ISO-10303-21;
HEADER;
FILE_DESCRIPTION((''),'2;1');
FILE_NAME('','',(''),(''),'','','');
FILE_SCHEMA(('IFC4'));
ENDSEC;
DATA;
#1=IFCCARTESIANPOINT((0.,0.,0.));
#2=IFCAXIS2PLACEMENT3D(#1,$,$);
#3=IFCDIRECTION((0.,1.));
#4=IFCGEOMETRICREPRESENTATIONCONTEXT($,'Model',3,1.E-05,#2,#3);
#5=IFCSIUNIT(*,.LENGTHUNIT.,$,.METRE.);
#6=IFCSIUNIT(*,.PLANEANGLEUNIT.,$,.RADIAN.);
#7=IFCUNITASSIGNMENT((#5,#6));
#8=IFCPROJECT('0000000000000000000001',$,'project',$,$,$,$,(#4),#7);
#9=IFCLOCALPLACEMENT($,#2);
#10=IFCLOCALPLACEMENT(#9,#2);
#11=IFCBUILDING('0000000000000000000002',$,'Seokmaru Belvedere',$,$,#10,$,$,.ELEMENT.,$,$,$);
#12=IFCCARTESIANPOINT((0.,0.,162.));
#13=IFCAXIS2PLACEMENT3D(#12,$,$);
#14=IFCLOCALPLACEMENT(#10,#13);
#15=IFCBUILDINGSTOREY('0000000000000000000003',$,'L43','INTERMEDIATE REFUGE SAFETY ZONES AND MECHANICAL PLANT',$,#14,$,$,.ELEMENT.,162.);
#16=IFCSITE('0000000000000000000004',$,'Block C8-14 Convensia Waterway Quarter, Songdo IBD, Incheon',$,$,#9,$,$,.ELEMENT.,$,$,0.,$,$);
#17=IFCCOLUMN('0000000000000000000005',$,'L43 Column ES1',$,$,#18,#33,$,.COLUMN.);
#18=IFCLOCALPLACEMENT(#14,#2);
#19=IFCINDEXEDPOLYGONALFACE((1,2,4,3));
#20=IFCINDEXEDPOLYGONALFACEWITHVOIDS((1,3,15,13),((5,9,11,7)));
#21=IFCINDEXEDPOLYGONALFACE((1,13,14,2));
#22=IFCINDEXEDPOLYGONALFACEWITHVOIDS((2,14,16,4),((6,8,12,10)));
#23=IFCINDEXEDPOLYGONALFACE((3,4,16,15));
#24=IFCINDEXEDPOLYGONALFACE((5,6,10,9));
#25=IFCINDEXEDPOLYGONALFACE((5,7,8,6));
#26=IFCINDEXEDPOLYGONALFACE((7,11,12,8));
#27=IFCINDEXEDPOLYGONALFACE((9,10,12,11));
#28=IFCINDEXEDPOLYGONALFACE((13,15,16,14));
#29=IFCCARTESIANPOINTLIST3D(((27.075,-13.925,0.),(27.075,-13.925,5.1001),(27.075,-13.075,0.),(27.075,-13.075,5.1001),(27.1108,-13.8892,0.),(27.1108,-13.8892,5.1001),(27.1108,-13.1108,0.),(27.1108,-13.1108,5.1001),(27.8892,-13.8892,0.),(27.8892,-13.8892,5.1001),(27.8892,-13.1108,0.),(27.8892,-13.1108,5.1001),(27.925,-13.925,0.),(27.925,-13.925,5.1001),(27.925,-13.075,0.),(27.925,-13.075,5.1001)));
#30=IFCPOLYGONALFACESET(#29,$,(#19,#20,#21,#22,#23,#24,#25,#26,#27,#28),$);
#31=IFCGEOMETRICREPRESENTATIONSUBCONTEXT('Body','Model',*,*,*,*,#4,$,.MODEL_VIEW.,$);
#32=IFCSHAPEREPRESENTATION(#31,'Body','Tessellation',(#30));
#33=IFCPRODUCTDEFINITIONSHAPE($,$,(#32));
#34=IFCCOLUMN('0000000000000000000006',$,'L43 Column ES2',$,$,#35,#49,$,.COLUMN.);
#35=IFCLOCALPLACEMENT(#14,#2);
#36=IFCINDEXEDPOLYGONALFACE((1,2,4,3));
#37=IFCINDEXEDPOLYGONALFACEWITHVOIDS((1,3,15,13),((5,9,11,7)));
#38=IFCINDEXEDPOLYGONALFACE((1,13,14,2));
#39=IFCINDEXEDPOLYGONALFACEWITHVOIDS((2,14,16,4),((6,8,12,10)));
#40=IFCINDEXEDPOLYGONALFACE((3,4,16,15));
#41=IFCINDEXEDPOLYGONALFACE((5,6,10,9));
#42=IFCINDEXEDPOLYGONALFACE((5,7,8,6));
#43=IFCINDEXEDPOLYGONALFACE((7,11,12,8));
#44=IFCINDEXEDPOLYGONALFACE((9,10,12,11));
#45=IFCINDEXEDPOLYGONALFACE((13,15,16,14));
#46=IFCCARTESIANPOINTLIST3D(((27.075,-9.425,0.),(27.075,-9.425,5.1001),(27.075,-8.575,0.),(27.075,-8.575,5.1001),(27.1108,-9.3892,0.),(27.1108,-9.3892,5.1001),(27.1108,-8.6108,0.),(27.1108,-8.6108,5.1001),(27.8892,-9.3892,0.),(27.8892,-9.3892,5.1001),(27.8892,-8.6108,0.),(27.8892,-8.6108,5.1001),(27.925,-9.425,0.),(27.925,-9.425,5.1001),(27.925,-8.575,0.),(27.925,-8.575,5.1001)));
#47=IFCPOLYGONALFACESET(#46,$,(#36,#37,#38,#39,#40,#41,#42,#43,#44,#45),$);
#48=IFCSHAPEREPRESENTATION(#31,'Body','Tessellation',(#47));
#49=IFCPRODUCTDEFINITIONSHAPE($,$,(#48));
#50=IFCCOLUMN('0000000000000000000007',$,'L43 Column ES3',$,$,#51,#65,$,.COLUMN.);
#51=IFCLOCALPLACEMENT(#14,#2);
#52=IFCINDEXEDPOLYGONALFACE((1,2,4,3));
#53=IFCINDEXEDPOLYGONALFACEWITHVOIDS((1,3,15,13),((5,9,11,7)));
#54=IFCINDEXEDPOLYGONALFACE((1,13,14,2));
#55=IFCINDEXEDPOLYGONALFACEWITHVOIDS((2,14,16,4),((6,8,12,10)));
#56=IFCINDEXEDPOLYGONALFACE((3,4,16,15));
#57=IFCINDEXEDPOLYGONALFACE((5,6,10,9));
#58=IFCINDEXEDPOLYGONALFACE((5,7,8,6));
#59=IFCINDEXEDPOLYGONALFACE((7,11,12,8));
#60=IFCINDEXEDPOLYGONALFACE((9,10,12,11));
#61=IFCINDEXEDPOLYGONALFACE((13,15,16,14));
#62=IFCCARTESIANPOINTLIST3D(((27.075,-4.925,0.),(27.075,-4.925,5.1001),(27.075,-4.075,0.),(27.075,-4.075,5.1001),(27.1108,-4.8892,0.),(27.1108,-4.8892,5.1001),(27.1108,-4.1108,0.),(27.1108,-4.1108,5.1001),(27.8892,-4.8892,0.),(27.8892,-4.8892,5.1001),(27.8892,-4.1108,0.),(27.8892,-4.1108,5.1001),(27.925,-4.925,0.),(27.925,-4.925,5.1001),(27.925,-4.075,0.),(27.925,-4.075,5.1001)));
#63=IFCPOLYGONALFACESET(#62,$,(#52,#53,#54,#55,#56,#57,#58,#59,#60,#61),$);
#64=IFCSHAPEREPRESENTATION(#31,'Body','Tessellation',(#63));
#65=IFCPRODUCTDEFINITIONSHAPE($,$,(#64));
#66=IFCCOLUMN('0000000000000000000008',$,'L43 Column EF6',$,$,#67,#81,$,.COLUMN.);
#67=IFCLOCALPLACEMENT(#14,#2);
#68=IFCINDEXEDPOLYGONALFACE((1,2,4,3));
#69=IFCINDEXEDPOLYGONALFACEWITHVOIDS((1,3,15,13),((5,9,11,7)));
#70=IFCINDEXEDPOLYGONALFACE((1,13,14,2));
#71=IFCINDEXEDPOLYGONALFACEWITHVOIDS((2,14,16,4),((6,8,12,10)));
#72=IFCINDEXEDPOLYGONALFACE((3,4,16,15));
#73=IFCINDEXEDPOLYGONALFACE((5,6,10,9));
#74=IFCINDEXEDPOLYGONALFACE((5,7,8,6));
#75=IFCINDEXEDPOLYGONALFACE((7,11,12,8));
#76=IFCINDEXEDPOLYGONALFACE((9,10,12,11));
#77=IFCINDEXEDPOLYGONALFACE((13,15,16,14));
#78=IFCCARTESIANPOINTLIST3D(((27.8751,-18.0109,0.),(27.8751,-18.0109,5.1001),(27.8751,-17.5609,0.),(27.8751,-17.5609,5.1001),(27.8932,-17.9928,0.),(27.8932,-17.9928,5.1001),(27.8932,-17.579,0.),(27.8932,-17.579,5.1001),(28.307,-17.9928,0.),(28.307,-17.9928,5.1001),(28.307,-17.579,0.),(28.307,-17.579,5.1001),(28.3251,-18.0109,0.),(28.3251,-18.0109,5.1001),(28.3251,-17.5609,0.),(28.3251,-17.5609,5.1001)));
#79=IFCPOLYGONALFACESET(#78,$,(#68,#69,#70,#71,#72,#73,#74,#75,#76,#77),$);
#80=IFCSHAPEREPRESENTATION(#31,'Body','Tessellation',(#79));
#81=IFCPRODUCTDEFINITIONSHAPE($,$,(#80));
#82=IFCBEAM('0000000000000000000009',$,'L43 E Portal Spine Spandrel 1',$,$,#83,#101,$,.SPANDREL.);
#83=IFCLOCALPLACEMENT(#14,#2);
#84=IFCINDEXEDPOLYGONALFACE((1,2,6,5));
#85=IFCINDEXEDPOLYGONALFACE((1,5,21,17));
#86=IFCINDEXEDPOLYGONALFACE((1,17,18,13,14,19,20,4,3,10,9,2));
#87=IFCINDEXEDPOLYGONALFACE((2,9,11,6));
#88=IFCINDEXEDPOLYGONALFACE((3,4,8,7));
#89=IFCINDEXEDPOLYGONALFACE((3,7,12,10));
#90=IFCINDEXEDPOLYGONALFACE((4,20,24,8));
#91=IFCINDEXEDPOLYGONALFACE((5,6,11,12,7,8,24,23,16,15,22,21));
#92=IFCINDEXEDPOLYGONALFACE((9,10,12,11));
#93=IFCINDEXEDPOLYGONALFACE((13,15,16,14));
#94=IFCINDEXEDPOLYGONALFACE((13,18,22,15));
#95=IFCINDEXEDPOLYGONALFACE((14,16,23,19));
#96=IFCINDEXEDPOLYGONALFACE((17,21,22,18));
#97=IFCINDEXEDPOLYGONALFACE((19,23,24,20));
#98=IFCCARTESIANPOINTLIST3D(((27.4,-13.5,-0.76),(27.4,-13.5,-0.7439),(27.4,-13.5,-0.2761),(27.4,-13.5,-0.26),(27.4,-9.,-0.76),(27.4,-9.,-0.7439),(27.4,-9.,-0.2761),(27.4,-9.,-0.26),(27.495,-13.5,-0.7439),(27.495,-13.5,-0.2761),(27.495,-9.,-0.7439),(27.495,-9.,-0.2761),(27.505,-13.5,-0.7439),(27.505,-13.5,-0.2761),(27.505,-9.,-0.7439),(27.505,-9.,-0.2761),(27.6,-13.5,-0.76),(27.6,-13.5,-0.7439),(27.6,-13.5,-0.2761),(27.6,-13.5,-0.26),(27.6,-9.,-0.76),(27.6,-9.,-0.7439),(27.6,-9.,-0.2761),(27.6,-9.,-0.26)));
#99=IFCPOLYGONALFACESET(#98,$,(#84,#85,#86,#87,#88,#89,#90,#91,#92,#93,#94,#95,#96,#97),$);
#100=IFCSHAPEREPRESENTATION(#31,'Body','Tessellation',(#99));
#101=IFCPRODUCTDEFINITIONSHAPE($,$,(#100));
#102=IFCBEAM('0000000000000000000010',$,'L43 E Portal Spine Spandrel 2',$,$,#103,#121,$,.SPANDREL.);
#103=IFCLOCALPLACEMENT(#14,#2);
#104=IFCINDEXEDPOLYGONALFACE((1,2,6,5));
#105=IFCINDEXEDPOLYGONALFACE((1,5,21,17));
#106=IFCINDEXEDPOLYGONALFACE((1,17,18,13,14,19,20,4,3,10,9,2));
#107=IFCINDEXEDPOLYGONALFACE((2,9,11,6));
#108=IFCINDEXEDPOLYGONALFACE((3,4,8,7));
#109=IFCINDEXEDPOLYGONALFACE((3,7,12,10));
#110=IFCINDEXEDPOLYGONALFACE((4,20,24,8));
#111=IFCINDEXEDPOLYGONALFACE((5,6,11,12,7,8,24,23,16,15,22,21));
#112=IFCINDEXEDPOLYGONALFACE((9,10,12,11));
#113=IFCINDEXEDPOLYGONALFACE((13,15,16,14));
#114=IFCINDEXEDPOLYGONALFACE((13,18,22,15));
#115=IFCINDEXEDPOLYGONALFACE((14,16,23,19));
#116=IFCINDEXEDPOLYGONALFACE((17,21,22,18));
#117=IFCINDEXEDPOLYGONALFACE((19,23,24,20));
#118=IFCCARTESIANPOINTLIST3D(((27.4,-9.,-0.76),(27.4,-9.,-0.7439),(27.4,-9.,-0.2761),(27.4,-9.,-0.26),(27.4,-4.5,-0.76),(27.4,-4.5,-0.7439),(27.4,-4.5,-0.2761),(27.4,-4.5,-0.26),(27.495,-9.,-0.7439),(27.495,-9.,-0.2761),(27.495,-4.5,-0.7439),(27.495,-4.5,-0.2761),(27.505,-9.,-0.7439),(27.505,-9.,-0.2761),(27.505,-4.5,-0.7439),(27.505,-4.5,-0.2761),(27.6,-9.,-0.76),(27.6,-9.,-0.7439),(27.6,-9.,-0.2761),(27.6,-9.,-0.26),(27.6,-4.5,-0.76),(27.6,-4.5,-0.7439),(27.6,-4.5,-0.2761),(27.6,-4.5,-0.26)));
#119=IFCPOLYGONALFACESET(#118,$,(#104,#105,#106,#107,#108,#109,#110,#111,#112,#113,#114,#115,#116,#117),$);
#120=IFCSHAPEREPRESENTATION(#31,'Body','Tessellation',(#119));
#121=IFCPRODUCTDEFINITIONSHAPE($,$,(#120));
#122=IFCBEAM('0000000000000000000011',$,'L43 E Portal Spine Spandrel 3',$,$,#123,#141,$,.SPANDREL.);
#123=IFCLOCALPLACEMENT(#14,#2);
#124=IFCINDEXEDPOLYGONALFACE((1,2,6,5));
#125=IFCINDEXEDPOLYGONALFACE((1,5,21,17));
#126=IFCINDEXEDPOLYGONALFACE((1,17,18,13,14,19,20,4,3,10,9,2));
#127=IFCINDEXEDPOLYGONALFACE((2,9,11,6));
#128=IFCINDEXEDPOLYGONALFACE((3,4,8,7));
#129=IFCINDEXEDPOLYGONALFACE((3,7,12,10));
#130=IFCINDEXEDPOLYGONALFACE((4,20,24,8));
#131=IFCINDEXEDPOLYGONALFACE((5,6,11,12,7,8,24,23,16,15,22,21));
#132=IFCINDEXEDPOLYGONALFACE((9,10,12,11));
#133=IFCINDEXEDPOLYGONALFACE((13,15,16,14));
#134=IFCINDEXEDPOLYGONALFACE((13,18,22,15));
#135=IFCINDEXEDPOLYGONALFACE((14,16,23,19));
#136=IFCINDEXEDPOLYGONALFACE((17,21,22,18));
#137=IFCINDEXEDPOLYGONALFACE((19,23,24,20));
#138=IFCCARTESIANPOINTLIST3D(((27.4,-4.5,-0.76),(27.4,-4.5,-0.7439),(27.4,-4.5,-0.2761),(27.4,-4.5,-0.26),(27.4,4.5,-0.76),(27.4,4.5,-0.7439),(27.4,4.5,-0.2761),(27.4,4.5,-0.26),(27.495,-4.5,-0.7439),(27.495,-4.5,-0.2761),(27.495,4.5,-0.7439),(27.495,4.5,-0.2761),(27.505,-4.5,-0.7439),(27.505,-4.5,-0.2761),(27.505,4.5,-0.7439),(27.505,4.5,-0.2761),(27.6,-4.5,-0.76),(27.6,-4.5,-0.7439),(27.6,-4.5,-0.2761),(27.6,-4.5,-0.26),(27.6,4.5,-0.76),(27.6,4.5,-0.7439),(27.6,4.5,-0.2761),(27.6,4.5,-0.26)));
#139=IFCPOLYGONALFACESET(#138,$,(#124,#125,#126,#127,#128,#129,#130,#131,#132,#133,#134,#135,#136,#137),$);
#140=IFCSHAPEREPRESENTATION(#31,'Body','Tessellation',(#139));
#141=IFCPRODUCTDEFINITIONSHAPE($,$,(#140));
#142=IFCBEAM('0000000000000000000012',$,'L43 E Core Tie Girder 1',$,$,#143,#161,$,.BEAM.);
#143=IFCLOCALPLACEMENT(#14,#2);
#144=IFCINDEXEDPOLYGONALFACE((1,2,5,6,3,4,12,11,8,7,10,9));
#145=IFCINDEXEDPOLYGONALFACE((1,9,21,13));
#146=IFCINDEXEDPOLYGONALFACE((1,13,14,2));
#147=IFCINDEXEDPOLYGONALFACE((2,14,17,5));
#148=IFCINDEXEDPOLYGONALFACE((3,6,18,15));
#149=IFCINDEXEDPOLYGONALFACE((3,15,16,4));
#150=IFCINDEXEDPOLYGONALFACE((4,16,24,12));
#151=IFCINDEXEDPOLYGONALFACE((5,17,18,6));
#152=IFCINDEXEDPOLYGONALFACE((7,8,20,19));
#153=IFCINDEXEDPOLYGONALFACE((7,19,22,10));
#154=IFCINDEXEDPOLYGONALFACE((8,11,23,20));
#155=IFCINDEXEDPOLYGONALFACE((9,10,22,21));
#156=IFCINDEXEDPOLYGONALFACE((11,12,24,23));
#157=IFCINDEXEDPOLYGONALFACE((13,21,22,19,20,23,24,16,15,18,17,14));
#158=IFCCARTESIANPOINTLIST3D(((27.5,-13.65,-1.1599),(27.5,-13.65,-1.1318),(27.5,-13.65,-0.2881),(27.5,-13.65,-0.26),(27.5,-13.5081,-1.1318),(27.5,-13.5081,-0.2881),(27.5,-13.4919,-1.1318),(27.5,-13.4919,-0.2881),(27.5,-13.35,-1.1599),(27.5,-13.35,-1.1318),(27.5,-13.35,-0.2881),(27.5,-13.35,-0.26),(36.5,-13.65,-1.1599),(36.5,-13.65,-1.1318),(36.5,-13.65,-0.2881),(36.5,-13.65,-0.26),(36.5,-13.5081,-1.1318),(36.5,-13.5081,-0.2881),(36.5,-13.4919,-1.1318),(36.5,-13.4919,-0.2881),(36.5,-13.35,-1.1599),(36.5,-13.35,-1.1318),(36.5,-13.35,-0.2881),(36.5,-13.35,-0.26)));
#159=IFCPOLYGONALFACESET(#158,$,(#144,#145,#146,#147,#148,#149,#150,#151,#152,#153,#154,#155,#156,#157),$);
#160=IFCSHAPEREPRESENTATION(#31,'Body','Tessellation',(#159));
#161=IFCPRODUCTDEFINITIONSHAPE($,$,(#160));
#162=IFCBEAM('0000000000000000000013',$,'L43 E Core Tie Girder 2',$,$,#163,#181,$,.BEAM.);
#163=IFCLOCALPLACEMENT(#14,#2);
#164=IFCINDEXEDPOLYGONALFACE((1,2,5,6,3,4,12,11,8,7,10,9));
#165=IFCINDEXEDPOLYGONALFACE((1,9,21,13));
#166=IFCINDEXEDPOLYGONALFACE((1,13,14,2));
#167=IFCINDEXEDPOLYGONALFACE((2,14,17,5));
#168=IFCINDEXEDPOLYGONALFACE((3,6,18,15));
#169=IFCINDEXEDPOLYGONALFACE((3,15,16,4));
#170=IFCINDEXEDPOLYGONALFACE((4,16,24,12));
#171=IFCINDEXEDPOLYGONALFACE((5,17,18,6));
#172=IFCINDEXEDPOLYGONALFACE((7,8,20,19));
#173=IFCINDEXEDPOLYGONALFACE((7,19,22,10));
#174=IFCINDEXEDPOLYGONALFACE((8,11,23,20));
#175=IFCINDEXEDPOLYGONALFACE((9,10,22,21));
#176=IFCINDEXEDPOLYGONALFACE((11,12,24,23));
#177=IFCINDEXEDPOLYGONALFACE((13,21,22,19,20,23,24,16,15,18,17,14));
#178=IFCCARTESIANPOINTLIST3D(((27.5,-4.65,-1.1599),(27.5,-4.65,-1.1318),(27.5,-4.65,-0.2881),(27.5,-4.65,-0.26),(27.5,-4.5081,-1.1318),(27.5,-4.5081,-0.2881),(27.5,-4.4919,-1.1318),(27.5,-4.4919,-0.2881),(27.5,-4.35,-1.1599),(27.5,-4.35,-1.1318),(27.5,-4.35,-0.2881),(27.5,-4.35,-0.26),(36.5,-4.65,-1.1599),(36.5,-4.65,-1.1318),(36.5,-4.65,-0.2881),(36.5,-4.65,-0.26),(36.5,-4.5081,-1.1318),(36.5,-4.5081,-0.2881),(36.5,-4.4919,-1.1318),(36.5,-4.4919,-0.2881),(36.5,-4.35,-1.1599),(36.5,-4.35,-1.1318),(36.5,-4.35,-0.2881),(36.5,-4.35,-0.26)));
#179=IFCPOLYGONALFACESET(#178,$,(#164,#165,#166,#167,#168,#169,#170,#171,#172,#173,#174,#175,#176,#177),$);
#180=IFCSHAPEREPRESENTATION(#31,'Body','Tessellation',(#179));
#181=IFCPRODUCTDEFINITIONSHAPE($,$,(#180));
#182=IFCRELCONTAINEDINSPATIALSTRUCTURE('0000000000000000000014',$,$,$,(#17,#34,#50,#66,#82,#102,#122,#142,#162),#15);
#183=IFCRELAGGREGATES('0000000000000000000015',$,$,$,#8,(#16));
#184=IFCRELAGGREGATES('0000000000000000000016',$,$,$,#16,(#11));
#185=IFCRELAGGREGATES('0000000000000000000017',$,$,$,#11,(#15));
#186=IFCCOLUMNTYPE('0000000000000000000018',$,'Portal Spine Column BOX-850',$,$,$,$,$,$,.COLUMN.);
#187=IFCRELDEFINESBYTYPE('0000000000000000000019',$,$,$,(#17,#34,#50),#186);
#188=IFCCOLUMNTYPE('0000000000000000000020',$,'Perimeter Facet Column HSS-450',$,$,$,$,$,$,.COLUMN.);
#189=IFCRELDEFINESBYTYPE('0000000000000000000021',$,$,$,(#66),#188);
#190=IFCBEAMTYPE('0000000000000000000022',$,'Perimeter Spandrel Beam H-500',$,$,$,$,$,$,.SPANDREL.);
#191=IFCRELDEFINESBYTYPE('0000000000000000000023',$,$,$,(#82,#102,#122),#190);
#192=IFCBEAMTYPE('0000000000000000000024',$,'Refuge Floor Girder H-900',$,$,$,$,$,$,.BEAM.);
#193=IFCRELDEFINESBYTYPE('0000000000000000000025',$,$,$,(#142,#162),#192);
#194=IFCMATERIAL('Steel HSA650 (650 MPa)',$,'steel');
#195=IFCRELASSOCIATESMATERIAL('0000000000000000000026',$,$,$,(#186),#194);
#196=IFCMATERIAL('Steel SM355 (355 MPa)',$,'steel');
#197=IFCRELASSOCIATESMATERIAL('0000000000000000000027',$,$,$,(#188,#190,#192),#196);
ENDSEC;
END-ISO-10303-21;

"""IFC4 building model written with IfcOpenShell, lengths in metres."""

from ifc_helpers import new_model, si_unit, direction, frame, origin, origin_2d, place, context, subcontext, project, spatial, hollow_rectangle, i_section, extrude, source, transform, mapped, material, material_profile, profile_set, type_object, type_shapes, element, save


model = new_model("IFC4")

# Units and contexts
model_context = context("Model", 3, precision=1e-05, world=origin(), true_north=direction((0.0, 1.0)))
body_context = subcontext(model_context, "Body", "Model", "MODEL_VIEW")
ifc_project = project(units=[si_unit("LENGTHUNIT", "METRE"), si_unit("PLANEANGLEUNIT", "RADIAN")], contexts=[model_context])

# Site, building, storey
site_placement = place(None, origin())
site = spatial("IfcSite", under=ifc_project, at=site_placement, Name="Block C8-14 Convensia Waterway Quarter, Songdo IBD, Incheon", CompositionType="ELEMENT", RefElevation=0.0)
building_placement = place(site_placement, origin())
building = spatial("IfcBuilding", under=site, at=building_placement, Name="Seokmaru Belvedere", CompositionType="ELEMENT")
storey_placement = place(building_placement, frame((0.0, 0.0, 162.0)))
storey = spatial("IfcBuildingStorey", under=building, at=storey_placement, Name="L43", Description="INTERMEDIATE REFUGE SAFETY ZONES AND MECHANICAL PLANT", CompositionType="ELEMENT", Elevation=162.0)

# Columns
ifc_material_1 = material(Name="Steel HSA650 (650 MPa)", Category="steel")
ifc_material_profile_1 = material_profile(ifc_material_1, hollow_rectangle(XDim=0.8501, YDim=0.8501, WallThickness=0.0359, at=origin_2d()), Name="BOX-850x850x36")
ifc_profile_set_1 = profile_set([ifc_material_profile_1], Name="Steel HSA650 (650 MPa)")
column_type_1 = type_object("IfcColumnType", Name="Portal Spine Column BOX-850", PredefinedType="COLUMN", material=ifc_profile_set_1)
shared_shape_1 = source(origin(), body_context, "Body", "SweptSolid", [
    extrude(hollow_rectangle(XDim=0.8501, YDim=0.8501, WallThickness=0.0359, at=origin_2d()), origin(), (0.0, 0.0, 1.0), 5.1001),
])
type_shapes(column_type_1, [shared_shape_1])
for number, where, z_axis, x_axis, name in (
    (1, (27.5, -13.5, 0.0), (0.0, 0.0, 1.0), (1.0, 0.0, 0.0), "L43 Column ES1"),
    (2, (27.5, -9.0, 0.0), (0.0, 0.0, 1.0), (1.0, 0.0, 0.0), "L43 Column ES2"),
    (3, (27.5, -4.5, 0.0), (0.0, 0.0, 1.0), (1.0, 0.0, 0.0), "L43 Column ES3"),
):
    element("IfcColumn", number, at=place(storey_placement, frame(where, z_axis=z_axis, x_axis=x_axis)), inside=storey, type_object=column_type_1, Name=name, PredefinedType="COLUMN", context=body_context, shape_type="MappedRepresentation", body=[
        mapped(shared_shape_1, transform((0.0, 0.0, 0.0), scale=1.0)),
    ])
ifc_material_2 = material(Name="Steel SM355 (355 MPa)", Category="steel")
ifc_material_profile_2 = material_profile(ifc_material_2, hollow_rectangle(XDim=0.45, YDim=0.45, WallThickness=0.0181, at=origin_2d()), Name="HSS-450x450x18")
ifc_profile_set_2 = profile_set([ifc_material_profile_2], Name="Steel SM355 (355 MPa)")
column_type_2 = type_object("IfcColumnType", Name="Perimeter Facet Column HSS-450", PredefinedType="COLUMN", material=ifc_profile_set_2)
shared_shape_2 = source(origin(), body_context, "Body", "SweptSolid", [
    extrude(hollow_rectangle(XDim=0.45, YDim=0.45, WallThickness=0.0181, at=origin_2d()), origin(), (0.0, 0.0, 1.0), 5.1001),
])
type_shapes(column_type_2, [shared_shape_2])
column_placement = place(storey_placement, frame((28.1001, -17.7859, 0.0), z_axis=(0.0, 0.0, 1.0), x_axis=(1.0, 0.0, 0.0)))
element("IfcColumn", 4, at=column_placement, inside=storey, type_object=column_type_2, Name="L43 Column EF6", PredefinedType="COLUMN", context=body_context, shape_type="MappedRepresentation", body=[
    mapped(shared_shape_2, transform((0.0, 0.0, 0.0), scale=1.0)),
])

# Beams
ifc_material_profile_3 = material_profile(ifc_material_2, i_section(OverallWidth=0.2, OverallDepth=0.5, WebThickness=0.01, FlangeThickness=0.0161, at=origin_2d()), Name="H-500x200x10x16")
ifc_profile_set_3 = profile_set([ifc_material_profile_3], Name="Steel SM355 (355 MPa)")
beam_type_1 = type_object("IfcBeamType", Name="Perimeter Spandrel Beam H-500", PredefinedType="SPANDREL", material=ifc_profile_set_3)
shared_shape_3 = source(origin(), body_context, "Body", "SweptSolid", [
    extrude(i_section(OverallWidth=0.2, OverallDepth=0.5, WebThickness=0.01, FlangeThickness=0.0161, at=origin_2d()), origin(), (0.0, 0.0, 1.0), 4.5),
])
for number, where, z_axis, x_axis, name in (
    (5, (27.5, -13.5, -0.51), (0.0, 1.0, 0.0), (-1.0, 0.0, 0.0), "L43 E Portal Spine Spandrel 1"),
    (6, (27.5, -9.0, -0.51), (0.0, 1.0, 0.0), (-1.0, 0.0, 0.0), "L43 E Portal Spine Spandrel 2"),
):
    element("IfcBeam", number, at=place(storey_placement, frame(where, z_axis=z_axis, x_axis=x_axis)), inside=storey, type_object=beam_type_1, Name=name, PredefinedType="SPANDREL", context=body_context, shape_type="MappedRepresentation", body=[
        mapped(shared_shape_3, transform((0.0, 0.0, 0.0), scale=1.0)),
    ])
shared_shape_4 = source(origin(), body_context, "Body", "SweptSolid", [
    extrude(i_section(OverallWidth=0.2, OverallDepth=0.5, WebThickness=0.01, FlangeThickness=0.0161, at=origin_2d()), origin(), (0.0, 0.0, 1.0), 9.0),
])
beam_1_placement = place(storey_placement, frame((27.5, -4.5, -0.51), z_axis=(0.0, 1.0, 0.0), x_axis=(-1.0, 0.0, 0.0)))
element("IfcBeam", 7, at=beam_1_placement, inside=storey, type_object=beam_type_1, Name="L43 E Portal Spine Spandrel 3", PredefinedType="SPANDREL", context=body_context, shape_type="MappedRepresentation", body=[
    mapped(shared_shape_4, transform((0.0, 0.0, 0.0), scale=1.0)),
])
ifc_material_profile_4 = material_profile(ifc_material_2, i_section(OverallWidth=0.3, OverallDepth=0.8999, WebThickness=0.0161, FlangeThickness=0.0281, at=origin_2d()), Name="H-900x300x16x28")
ifc_profile_set_4 = profile_set([ifc_material_profile_4], Name="Steel SM355 (355 MPa)")
beam_type_2 = type_object("IfcBeamType", Name="Refuge Floor Girder H-900", PredefinedType="BEAM", material=ifc_profile_set_4)
shared_shape_5 = source(origin(), body_context, "Body", "SweptSolid", [
    extrude(i_section(OverallWidth=0.3, OverallDepth=0.8999, WebThickness=0.0161, FlangeThickness=0.0281, at=origin_2d()), origin(), (0.0, 0.0, 1.0), 9.0),
])
type_shapes(beam_type_2, [shared_shape_5])
for number, where, z_axis, x_axis, name in (
    (8, (27.5, -13.5, -0.71), (1.0, 0.0, 0.0), (0.0, 1.0, 0.0), "L43 E Core Tie Girder 1"),
    (9, (27.5, -4.5, -0.71), (1.0, 0.0, 0.0), (0.0, 1.0, 0.0), "L43 E Core Tie Girder 2"),
):
    element("IfcBeam", number, at=place(storey_placement, frame(where, z_axis=z_axis, x_axis=x_axis)), inside=storey, type_object=beam_type_2, Name=name, PredefinedType="BEAM", context=body_context, shape_type="MappedRepresentation", body=[
        mapped(shared_shape_5, transform((0.0, 0.0, 0.0), scale=1.0)),
    ])

save(model, "model.ifc")
